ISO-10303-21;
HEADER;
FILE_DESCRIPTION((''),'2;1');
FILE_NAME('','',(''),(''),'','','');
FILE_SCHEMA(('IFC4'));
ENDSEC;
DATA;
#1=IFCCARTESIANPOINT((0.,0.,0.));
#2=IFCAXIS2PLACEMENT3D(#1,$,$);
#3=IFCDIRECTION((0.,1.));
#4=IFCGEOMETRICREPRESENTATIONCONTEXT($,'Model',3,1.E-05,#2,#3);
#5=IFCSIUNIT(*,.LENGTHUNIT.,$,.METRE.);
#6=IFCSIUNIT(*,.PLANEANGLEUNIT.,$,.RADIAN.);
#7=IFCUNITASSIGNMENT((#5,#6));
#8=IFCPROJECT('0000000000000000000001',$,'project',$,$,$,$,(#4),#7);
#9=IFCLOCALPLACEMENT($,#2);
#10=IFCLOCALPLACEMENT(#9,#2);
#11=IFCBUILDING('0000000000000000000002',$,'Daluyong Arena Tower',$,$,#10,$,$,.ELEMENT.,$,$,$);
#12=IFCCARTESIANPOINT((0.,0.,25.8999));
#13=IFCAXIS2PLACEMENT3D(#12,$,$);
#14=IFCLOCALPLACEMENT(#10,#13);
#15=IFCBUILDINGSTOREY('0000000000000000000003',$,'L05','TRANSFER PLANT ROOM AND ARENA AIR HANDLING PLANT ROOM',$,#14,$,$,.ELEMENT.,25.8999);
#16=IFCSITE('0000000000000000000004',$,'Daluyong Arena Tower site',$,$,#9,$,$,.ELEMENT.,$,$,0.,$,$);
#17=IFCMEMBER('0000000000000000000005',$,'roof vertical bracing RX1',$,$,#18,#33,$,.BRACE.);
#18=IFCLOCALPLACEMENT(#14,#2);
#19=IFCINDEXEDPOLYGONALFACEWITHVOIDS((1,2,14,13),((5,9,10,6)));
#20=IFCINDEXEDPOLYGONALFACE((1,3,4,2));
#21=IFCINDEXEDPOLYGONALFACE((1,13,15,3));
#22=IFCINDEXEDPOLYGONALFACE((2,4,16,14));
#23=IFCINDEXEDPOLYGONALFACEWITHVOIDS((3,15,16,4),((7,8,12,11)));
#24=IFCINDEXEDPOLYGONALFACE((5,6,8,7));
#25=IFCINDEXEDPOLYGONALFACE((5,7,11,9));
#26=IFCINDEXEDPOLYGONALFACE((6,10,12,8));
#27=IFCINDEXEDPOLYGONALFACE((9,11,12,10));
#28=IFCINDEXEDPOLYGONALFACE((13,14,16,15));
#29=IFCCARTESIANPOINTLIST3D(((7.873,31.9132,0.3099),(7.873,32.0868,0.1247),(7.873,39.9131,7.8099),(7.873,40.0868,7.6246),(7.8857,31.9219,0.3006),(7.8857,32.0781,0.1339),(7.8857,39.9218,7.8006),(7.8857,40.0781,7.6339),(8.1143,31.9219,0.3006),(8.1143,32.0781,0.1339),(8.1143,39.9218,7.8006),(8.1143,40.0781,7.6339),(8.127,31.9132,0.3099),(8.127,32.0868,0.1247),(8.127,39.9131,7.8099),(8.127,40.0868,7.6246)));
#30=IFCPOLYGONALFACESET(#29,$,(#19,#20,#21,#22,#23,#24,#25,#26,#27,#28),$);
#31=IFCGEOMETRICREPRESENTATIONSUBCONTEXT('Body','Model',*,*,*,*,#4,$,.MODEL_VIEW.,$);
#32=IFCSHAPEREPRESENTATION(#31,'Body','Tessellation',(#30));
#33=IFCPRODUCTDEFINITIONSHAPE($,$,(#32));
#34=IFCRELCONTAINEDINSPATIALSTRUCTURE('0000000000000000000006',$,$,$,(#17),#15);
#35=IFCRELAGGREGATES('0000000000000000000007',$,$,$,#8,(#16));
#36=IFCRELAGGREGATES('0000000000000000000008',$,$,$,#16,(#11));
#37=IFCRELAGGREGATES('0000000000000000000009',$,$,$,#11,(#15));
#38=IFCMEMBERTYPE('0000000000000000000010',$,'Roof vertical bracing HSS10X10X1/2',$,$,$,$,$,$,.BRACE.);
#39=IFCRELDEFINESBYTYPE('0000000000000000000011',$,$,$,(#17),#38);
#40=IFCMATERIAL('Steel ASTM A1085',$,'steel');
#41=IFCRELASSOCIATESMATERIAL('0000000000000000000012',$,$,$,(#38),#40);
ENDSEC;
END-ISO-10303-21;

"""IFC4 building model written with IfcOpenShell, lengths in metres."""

from ifc_helpers import new_model, si_unit, direction, frame, origin, origin_2d, place, context, subcontext, project, spatial, hollow_rectangle, extrude, material, material_profile, profile_set, type_object, element, save


model = new_model("IFC4")

# Units and contexts
model_context = context("Model", 3, precision=1e-05, world=origin(), true_north=direction((0.0, 1.0)))
body_context = subcontext(model_context, "Body", "Model", "MODEL_VIEW")
ifc_project = project(units=[si_unit("LENGTHUNIT", "METRE"), si_unit("PLANEANGLEUNIT", "RADIAN")], contexts=[model_context])

# Site, building, storey
site_placement = place(None, origin())
site = spatial("IfcSite", under=ifc_project, at=site_placement, Name="Daluyong Arena Tower site", CompositionType="ELEMENT", RefElevation=0.0)
building_placement = place(site_placement, origin())
building = spatial("IfcBuilding", under=site, at=building_placement, Name="Daluyong Arena Tower", CompositionType="ELEMENT")
storey_placement = place(building_placement, frame((0.0, 0.0, 25.8999)))
storey = spatial("IfcBuildingStorey", under=building, at=storey_placement, Name="L05", Description="TRANSFER PLANT ROOM AND ARENA AIR HANDLING PLANT ROOM", CompositionType="ELEMENT", Elevation=25.8999)

# Member
ifc_material_1 = material(Name="Steel ASTM A1085", Category="steel")
ifc_material_profile_1 = material_profile(ifc_material_1, hollow_rectangle(XDim=0.2539, YDim=0.2539, WallThickness=0.0127, at=origin_2d()))
ifc_profile_set_1 = profile_set([ifc_material_profile_1], Name="Steel ASTM A1085")
member_type_1 = type_object("IfcMemberType", Name="Roof vertical bracing HSS10X10X1/2", PredefinedType="BRACE", material=ifc_profile_set_1)
member_placement = place(storey_placement, frame((8.0, 32.0, 0.2173), z_axis=(0.0, 0.729537, 0.683941), x_axis=(-1.0, 0.0, 0.0)))
element("IfcMember", 1, at=member_placement, inside=storey, type_object=member_type_1, Name="roof vertical bracing RX1", PredefinedType="BRACE", context=body_context, shape_type="SweptSolid", body=[
    extrude(hollow_rectangle(XDim=0.2539, YDim=0.2539, WallThickness=0.0127, at=origin_2d()), origin(), (0.0, 0.0, 1.0), 10.9658),
])

save(model, "model.ifc")
